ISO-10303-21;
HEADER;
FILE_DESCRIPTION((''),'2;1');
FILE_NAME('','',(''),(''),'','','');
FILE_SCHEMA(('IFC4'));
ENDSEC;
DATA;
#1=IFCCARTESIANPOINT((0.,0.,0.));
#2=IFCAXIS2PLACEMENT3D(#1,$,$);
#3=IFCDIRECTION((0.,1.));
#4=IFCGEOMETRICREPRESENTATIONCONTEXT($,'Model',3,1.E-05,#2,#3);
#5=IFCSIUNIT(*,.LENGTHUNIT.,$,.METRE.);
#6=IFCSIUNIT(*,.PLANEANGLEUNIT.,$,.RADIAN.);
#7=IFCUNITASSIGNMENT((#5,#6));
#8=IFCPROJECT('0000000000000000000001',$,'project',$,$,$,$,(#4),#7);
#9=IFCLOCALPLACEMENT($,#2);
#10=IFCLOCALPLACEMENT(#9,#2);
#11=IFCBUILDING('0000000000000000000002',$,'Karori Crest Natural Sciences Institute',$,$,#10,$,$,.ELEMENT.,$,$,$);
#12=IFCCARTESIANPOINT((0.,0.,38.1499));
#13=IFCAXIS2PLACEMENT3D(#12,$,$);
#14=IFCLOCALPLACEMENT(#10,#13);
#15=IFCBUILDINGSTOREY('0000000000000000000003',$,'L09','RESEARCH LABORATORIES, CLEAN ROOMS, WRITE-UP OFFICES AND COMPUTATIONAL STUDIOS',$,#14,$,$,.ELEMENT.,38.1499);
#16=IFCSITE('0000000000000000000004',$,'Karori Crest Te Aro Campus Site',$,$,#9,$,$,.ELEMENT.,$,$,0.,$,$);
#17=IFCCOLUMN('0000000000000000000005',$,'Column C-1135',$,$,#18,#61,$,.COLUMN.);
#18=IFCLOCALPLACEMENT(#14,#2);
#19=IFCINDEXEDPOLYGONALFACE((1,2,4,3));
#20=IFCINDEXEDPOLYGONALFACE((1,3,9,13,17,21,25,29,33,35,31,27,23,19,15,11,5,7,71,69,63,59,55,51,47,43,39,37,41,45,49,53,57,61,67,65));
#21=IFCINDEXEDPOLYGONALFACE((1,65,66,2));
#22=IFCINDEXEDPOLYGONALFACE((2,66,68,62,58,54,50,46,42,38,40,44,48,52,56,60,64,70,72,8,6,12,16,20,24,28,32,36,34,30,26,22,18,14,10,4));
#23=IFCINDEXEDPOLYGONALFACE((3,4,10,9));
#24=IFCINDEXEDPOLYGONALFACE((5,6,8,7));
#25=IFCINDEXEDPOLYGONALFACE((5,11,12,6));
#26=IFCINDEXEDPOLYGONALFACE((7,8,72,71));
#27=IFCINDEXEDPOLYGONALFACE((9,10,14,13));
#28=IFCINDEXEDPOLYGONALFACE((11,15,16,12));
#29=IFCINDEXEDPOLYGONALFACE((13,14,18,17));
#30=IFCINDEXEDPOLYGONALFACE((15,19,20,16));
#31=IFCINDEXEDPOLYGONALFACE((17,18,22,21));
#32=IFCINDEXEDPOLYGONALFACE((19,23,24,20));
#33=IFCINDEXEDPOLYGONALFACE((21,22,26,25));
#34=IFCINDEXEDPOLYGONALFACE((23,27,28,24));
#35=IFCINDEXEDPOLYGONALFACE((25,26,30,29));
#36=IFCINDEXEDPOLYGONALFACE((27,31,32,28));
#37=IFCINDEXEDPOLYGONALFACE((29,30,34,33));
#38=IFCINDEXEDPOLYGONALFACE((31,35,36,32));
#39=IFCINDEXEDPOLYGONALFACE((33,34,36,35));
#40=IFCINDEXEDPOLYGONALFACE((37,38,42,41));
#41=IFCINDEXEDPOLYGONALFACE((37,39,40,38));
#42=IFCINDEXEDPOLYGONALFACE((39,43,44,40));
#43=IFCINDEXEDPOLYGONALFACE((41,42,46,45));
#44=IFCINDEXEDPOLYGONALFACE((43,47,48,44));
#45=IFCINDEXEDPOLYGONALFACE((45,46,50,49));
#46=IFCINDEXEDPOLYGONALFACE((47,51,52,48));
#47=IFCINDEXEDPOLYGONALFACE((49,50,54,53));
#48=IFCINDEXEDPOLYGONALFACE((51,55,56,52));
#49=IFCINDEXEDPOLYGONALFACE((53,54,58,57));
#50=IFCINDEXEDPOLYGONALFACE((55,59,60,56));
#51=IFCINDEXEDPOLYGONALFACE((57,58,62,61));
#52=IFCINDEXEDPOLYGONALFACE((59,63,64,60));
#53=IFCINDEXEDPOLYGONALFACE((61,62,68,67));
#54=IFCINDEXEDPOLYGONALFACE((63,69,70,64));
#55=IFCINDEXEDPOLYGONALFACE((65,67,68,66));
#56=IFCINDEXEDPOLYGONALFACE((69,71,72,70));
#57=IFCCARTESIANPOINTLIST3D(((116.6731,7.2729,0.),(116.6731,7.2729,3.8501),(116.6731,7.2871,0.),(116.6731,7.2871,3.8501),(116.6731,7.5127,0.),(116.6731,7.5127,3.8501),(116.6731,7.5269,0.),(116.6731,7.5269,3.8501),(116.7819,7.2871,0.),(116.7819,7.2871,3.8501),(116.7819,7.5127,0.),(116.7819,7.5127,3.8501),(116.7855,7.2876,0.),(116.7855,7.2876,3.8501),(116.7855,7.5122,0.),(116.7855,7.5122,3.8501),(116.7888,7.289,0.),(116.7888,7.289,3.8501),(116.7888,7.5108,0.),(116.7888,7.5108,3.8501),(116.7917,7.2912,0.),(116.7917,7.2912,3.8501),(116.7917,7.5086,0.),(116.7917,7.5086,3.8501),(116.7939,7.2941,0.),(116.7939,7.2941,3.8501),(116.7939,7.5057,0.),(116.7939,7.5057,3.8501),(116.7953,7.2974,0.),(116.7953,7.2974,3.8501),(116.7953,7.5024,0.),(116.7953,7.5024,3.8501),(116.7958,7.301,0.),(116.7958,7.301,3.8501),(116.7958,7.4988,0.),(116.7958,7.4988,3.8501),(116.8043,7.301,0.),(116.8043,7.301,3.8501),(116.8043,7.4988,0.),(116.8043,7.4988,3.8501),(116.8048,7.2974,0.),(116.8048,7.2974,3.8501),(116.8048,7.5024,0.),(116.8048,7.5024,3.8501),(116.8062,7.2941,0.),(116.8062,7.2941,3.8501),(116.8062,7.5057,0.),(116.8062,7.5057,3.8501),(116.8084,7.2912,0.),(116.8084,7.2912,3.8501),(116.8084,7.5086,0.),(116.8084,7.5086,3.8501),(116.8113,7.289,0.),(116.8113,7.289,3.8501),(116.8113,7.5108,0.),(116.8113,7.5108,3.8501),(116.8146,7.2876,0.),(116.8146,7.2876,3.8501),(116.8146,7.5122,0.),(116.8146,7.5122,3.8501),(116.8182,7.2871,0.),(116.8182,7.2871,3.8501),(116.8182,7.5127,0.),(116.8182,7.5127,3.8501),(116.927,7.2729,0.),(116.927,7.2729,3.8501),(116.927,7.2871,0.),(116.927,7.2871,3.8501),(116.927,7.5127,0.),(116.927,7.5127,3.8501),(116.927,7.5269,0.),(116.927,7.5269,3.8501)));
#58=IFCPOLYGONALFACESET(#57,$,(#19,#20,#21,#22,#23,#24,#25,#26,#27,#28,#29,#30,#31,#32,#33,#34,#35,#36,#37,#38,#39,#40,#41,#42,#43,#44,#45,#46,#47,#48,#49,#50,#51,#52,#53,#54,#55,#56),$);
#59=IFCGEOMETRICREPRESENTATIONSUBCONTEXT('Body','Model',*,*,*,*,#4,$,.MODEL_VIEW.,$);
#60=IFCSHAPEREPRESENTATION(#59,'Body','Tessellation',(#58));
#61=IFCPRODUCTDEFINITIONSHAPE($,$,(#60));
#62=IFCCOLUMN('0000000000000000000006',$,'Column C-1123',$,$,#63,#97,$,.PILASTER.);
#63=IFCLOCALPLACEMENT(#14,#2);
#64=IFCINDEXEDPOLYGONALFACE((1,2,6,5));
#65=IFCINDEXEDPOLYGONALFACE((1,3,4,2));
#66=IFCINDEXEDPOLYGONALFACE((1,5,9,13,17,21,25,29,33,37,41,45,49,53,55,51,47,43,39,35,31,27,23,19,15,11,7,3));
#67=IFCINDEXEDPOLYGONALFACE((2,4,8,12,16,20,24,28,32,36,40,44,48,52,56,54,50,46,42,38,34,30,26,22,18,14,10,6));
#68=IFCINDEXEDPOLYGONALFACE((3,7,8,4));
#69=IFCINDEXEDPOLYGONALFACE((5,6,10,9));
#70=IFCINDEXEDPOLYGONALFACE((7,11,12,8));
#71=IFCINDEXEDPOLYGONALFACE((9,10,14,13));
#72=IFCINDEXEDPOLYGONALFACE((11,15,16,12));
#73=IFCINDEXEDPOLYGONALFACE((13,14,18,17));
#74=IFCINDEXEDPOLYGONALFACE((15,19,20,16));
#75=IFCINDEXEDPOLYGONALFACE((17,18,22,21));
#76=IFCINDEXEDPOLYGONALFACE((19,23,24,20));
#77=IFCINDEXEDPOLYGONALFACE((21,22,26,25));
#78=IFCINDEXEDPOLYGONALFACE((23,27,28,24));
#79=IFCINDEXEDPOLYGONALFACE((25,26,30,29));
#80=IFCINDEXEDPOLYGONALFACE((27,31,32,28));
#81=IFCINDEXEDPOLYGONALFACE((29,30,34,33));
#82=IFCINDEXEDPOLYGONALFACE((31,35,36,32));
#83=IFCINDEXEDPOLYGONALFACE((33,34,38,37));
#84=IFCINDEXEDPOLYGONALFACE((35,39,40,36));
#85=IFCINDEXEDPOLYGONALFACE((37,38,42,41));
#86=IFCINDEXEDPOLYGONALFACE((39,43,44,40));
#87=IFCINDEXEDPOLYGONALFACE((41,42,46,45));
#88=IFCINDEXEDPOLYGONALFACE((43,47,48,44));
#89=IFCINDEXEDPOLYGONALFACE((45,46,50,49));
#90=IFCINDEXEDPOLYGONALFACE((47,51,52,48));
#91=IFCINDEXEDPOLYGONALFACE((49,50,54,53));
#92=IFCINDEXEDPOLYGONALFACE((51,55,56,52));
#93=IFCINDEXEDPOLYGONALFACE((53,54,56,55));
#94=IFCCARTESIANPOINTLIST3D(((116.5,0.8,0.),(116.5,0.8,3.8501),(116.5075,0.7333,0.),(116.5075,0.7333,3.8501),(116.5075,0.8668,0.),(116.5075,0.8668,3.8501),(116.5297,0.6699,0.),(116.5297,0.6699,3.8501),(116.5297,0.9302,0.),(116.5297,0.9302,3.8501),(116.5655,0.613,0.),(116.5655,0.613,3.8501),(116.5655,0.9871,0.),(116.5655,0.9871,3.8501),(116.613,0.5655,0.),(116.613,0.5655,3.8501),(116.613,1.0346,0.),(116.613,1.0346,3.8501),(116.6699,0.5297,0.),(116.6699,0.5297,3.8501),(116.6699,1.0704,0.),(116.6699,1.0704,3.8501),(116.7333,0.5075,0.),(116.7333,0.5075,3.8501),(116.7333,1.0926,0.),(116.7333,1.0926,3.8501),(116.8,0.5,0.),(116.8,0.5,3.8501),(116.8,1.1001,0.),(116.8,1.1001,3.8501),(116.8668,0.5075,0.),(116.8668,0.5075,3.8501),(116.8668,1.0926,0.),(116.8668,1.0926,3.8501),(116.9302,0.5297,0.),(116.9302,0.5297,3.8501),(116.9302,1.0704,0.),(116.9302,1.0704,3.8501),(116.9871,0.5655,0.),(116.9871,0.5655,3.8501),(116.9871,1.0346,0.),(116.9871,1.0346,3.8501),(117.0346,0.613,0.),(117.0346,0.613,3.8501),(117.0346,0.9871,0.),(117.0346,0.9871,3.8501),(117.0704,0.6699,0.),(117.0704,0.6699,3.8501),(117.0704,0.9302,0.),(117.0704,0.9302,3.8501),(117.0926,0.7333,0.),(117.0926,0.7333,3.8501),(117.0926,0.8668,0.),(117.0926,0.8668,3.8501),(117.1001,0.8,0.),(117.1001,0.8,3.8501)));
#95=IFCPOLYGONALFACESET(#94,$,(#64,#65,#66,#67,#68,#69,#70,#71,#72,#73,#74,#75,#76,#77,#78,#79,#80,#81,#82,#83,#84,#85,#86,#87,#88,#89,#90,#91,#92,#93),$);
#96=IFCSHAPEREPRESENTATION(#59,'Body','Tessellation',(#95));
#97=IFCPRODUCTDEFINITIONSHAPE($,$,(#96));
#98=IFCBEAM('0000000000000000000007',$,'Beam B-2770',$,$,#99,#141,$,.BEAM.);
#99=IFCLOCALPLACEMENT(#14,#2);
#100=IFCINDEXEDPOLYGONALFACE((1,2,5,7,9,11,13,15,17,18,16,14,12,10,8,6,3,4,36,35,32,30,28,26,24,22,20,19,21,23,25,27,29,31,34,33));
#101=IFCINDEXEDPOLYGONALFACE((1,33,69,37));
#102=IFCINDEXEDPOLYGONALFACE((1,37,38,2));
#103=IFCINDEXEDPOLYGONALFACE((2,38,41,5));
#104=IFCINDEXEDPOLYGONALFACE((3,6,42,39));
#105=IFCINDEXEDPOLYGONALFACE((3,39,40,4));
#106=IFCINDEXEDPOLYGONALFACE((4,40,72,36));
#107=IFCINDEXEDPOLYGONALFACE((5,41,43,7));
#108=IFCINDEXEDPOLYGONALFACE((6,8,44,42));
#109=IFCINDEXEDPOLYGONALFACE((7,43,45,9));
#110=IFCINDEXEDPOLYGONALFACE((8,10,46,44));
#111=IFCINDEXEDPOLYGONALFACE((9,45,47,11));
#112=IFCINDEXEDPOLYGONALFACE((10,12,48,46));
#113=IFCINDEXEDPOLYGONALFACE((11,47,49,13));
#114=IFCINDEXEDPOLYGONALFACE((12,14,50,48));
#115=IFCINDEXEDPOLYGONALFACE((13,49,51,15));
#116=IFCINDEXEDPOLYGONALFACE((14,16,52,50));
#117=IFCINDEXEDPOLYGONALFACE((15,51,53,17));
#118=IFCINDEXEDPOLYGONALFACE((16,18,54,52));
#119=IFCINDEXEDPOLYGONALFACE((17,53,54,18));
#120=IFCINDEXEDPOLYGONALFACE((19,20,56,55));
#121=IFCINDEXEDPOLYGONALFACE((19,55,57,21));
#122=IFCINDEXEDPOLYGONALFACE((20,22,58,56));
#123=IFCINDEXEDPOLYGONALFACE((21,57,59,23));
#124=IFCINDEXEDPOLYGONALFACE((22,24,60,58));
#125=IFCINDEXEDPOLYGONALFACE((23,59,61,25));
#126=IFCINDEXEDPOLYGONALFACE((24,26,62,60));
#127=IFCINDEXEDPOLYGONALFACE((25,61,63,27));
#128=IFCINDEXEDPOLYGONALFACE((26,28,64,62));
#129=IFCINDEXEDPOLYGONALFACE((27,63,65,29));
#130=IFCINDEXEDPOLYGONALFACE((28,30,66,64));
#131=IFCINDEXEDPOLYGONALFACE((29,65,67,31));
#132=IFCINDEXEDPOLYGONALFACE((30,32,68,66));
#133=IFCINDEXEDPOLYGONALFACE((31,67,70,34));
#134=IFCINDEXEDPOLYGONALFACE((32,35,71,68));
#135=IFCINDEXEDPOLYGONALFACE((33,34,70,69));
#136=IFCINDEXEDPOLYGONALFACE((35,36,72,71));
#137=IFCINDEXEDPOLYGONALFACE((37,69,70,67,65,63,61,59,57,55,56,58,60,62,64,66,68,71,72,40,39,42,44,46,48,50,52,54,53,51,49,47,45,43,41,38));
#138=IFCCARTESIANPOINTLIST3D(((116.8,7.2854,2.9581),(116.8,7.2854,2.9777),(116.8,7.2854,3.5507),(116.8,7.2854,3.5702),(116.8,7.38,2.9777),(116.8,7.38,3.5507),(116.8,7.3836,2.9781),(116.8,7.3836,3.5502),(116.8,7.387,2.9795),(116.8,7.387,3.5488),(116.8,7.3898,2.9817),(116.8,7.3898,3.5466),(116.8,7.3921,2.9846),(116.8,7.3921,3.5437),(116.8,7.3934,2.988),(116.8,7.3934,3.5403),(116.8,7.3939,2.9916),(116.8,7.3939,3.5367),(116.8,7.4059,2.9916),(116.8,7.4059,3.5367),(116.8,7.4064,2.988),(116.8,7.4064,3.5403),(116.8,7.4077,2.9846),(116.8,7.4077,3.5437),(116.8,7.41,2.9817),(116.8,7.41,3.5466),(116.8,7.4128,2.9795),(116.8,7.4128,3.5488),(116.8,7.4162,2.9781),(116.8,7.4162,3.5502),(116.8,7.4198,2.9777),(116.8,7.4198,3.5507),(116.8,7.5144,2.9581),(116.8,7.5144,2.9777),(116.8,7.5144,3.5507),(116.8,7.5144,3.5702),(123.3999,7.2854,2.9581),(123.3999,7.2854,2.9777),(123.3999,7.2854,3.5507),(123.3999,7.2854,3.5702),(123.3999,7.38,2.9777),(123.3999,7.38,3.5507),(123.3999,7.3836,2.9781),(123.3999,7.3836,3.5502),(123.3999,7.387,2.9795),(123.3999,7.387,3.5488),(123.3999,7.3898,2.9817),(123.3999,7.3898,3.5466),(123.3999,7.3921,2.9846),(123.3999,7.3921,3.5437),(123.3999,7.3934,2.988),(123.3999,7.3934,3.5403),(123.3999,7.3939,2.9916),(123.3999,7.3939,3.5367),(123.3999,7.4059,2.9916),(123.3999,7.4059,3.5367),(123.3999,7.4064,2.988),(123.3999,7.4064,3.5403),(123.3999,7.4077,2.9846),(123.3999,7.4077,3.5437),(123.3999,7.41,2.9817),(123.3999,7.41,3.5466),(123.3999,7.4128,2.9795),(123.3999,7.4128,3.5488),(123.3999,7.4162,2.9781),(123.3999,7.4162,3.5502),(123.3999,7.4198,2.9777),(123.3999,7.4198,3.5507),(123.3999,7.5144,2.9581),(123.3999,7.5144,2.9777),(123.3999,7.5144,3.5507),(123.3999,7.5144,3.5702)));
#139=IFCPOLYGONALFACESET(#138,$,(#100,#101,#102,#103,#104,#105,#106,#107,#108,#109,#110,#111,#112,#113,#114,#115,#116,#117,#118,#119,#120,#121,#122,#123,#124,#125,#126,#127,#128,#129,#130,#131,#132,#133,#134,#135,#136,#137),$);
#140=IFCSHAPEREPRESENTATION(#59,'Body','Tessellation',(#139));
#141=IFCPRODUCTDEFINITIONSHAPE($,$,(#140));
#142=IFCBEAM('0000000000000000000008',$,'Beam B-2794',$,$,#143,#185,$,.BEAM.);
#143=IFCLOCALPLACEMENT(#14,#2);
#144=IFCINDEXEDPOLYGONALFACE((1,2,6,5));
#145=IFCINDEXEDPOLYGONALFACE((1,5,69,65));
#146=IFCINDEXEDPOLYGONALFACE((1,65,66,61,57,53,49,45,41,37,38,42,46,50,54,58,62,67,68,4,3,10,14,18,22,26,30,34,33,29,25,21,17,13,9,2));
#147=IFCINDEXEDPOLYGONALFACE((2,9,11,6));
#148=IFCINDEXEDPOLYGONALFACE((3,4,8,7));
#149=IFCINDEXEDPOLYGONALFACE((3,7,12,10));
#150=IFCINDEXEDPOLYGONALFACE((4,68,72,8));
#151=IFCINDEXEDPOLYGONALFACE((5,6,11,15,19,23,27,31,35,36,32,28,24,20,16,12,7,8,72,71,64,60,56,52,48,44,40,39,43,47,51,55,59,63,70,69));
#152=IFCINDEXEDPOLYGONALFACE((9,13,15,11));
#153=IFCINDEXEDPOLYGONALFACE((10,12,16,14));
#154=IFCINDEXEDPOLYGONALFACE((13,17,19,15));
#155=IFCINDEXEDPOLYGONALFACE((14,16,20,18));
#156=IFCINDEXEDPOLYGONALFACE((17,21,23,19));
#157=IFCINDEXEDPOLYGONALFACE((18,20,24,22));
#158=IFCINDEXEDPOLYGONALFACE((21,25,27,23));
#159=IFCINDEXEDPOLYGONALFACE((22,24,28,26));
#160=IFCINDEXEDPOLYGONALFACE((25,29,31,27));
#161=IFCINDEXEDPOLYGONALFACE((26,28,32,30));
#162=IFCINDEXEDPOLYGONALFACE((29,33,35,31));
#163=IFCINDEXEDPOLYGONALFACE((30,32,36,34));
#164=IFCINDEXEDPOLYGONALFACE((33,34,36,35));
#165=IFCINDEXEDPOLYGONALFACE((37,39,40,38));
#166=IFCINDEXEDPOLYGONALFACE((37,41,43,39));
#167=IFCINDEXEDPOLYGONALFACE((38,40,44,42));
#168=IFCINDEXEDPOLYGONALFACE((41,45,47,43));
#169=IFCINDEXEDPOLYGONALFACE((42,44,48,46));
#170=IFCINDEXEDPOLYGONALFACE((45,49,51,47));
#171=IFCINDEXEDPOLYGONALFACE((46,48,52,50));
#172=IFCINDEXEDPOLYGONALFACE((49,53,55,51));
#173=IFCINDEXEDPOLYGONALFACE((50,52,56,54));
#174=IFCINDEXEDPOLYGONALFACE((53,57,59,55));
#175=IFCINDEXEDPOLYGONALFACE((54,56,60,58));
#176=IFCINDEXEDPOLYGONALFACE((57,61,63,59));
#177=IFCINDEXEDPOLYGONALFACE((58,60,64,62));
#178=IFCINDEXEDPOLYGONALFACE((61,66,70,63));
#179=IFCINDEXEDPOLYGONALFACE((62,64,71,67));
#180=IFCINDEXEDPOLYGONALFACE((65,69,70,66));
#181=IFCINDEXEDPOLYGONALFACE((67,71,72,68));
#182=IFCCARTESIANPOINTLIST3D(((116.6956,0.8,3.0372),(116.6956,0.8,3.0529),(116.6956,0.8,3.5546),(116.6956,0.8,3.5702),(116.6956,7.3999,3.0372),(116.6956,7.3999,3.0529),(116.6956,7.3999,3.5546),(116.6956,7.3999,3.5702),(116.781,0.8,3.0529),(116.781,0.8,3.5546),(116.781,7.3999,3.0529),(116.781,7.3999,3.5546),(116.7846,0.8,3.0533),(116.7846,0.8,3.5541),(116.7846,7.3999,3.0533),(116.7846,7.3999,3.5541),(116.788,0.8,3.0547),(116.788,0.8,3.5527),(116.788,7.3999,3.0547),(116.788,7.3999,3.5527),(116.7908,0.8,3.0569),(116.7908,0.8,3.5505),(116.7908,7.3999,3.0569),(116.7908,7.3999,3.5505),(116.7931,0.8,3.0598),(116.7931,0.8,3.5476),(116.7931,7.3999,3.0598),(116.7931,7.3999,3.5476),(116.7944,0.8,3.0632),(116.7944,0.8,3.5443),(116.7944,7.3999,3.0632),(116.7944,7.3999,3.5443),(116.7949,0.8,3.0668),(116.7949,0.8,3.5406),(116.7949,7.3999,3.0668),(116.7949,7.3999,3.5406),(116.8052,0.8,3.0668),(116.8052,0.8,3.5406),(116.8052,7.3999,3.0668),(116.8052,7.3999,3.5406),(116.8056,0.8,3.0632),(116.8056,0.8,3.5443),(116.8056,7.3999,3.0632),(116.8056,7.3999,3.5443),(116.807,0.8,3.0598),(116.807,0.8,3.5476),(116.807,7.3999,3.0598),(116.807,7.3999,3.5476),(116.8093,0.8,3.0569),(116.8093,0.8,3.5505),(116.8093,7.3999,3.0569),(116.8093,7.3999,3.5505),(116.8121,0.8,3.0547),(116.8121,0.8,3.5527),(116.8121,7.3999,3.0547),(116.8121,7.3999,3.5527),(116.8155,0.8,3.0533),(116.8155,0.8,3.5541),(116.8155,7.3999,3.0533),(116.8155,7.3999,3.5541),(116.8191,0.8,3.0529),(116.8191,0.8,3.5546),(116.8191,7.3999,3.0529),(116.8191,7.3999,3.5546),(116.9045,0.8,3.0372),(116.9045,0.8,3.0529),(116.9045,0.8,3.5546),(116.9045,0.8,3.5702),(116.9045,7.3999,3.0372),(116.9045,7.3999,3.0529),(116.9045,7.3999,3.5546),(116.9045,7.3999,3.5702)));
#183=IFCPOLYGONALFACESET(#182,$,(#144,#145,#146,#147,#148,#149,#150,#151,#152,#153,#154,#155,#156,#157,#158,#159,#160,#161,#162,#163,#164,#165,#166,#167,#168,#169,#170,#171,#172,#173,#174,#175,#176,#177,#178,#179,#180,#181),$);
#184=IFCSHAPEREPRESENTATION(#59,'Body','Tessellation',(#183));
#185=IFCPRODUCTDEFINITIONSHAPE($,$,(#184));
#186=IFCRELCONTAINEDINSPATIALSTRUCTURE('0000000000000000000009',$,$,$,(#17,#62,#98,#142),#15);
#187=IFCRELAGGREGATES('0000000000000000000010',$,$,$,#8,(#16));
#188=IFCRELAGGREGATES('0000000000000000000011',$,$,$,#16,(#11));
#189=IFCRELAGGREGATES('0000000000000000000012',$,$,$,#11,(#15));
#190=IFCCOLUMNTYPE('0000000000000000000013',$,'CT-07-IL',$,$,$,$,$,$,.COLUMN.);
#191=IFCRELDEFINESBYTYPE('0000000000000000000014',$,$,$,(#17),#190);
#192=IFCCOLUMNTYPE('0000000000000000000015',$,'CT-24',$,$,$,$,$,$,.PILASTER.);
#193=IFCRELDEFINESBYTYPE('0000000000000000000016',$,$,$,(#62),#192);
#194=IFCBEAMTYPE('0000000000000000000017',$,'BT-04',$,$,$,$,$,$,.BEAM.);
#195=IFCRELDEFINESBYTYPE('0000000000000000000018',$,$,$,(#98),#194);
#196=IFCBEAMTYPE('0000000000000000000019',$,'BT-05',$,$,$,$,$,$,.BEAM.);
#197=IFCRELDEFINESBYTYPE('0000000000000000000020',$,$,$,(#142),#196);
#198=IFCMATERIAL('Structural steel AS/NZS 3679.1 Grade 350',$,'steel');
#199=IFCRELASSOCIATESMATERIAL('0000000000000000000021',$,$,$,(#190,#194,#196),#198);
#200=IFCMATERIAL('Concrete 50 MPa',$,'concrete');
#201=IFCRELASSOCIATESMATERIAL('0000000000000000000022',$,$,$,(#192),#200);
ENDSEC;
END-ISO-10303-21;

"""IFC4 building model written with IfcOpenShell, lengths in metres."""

from ifc_helpers import new_model, si_unit, direction, frame, origin, origin_2d, place, context, subcontext, project, spatial, circle, i_section, extrude, material, material_profile, profile_set, type_object, element, save


model = new_model("IFC4")

# Units and contexts
model_context = context("Model", 3, precision=1e-05, world=origin(), true_north=direction((0.0, 1.0)))
body_context = subcontext(model_context, "Body", "Model", "MODEL_VIEW")
ifc_project = project(units=[si_unit("LENGTHUNIT", "METRE"), si_unit("PLANEANGLEUNIT", "RADIAN")], contexts=[model_context])

# Site, building, storey
site_placement = place(None, origin())
site = spatial("IfcSite", under=ifc_project, at=site_placement, Name="Karori Crest Te Aro Campus Site", CompositionType="ELEMENT", RefElevation=0.0)
building_placement = place(site_placement, origin())
building = spatial("IfcBuilding", under=site, at=building_placement, Name="Karori Crest Natural Sciences Institute", CompositionType="ELEMENT")
storey_placement = place(building_placement, frame((0.0, 0.0, 38.1499)))
storey = spatial("IfcBuildingStorey", under=building, at=storey_placement, Name="L09", Description="RESEARCH LABORATORIES, CLEAN ROOMS, WRITE-UP OFFICES AND COMPUTATIONAL STUDIOS", CompositionType="ELEMENT", Elevation=38.1499)

# Columns
ifc_material_1 = material(Name="Structural steel AS/NZS 3679.1 Grade 350", Category="steel")
ifc_material_profile_1 = material_profile(ifc_material_1, i_section(OverallWidth=0.2539, OverallDepth=0.2539, WebThickness=0.0085, FlangeThickness=0.0142, FilletRadius=0.0139, at=origin_2d()), Name="250UC72.9")
ifc_profile_set_1 = profile_set([ifc_material_profile_1], Name="Structural steel AS/NZS 3679.1 Grade 350")
column_type_1 = type_object("IfcColumnType", Name="CT-07-IL", PredefinedType="COLUMN", material=ifc_profile_set_1)
column_1_placement = place(storey_placement, frame((116.8, 7.3999, 0.0), z_axis=(0.0, 0.0, 1.0), x_axis=(1.0, 0.0, 0.0)))
element("IfcColumn", 1, at=column_1_placement, inside=storey, type_object=column_type_1, Name="Column C-1135", PredefinedType="COLUMN", context=body_context, shape_type="SweptSolid", body=[
    extrude(i_section(OverallWidth=0.2539, OverallDepth=0.2539, WebThickness=0.0085, FlangeThickness=0.0142, FilletRadius=0.0139, at=origin_2d()), origin(), (0.0, 0.0, 1.0), 3.8501),
])
ifc_material_2 = material(Name="Concrete 50 MPa", Category="concrete")
ifc_material_profile_2 = material_profile(ifc_material_2, circle(Radius=0.3, at=origin_2d()), Name="RCC600")
ifc_profile_set_2 = profile_set([ifc_material_profile_2], Name="Concrete 50 MPa")
column_type_2 = type_object("IfcColumnType", Name="CT-24", PredefinedType="PILASTER", material=ifc_profile_set_2)
column_2_placement = place(storey_placement, frame((116.8, 0.8, 0.0), z_axis=(0.0, 0.0, 1.0), x_axis=(1.0, 0.0, 0.0)))
element("IfcColumn", 2, at=column_2_placement, inside=storey, type_object=column_type_2, Name="Column C-1123", PredefinedType="PILASTER", context=body_context, shape_type="SweptSolid", body=[
    extrude(circle(Radius=0.3, at=origin_2d()), origin(), (0.0, 0.0, 1.0), 3.8501),
])

# Beams
ifc_material_profile_3 = material_profile(ifc_material_1, i_section(OverallWidth=0.229, OverallDepth=0.6121, WebThickness=0.012, FlangeThickness=0.0195, FilletRadius=0.0139, at=origin_2d()), Name="610UB125")
ifc_profile_set_3 = profile_set([ifc_material_profile_3], Name="Structural steel AS/NZS 3679.1 Grade 350")
beam_type_1 = type_object("IfcBeamType", Name="BT-04", PredefinedType="BEAM", material=ifc_profile_set_3)
beam_1_placement = place(storey_placement, frame((116.8, 7.3999, 3.2642), z_axis=(1.0, 0.0, 0.0), x_axis=(0.0, 1.0, 0.0)))
element("IfcBeam", 3, at=beam_1_placement, inside=storey, type_object=beam_type_1, Name="Beam B-2770", PredefinedType="BEAM", context=body_context, shape_type="SweptSolid", body=[
    extrude(i_section(OverallWidth=0.229, OverallDepth=0.6121, WebThickness=0.012, FlangeThickness=0.0195, FilletRadius=0.0139, at=origin_2d()), origin(), (0.0, 0.0, 1.0), 6.5999),
])
ifc_material_profile_4 = material_profile(ifc_material_1, i_section(OverallWidth=0.209, OverallDepth=0.533, WebThickness=0.0103, FlangeThickness=0.0156, FilletRadius=0.0139, at=origin_2d()), Name="530UB92.4")
ifc_profile_set_4 = profile_set([ifc_material_profile_4], Name="Structural steel AS/NZS 3679.1 Grade 350")
beam_type_2 = type_object("IfcBeamType", Name="BT-05", PredefinedType="BEAM", material=ifc_profile_set_4)
beam_2_placement = place(storey_placement, frame((116.8, 0.8, 3.3037), z_axis=(0.0, 1.0, 0.0), x_axis=(-1.0, 0.0, 0.0)))
element("IfcBeam", 4, at=beam_2_placement, inside=storey, type_object=beam_type_2, Name="Beam B-2794", PredefinedType="BEAM", context=body_context, shape_type="SweptSolid", body=[
    extrude(i_section(OverallWidth=0.209, OverallDepth=0.533, WebThickness=0.0103, FlangeThickness=0.0156, FilletRadius=0.0139, at=origin_2d()), origin(), (0.0, 0.0, 1.0), 6.5999),
])

save(model, "model.ifc")
